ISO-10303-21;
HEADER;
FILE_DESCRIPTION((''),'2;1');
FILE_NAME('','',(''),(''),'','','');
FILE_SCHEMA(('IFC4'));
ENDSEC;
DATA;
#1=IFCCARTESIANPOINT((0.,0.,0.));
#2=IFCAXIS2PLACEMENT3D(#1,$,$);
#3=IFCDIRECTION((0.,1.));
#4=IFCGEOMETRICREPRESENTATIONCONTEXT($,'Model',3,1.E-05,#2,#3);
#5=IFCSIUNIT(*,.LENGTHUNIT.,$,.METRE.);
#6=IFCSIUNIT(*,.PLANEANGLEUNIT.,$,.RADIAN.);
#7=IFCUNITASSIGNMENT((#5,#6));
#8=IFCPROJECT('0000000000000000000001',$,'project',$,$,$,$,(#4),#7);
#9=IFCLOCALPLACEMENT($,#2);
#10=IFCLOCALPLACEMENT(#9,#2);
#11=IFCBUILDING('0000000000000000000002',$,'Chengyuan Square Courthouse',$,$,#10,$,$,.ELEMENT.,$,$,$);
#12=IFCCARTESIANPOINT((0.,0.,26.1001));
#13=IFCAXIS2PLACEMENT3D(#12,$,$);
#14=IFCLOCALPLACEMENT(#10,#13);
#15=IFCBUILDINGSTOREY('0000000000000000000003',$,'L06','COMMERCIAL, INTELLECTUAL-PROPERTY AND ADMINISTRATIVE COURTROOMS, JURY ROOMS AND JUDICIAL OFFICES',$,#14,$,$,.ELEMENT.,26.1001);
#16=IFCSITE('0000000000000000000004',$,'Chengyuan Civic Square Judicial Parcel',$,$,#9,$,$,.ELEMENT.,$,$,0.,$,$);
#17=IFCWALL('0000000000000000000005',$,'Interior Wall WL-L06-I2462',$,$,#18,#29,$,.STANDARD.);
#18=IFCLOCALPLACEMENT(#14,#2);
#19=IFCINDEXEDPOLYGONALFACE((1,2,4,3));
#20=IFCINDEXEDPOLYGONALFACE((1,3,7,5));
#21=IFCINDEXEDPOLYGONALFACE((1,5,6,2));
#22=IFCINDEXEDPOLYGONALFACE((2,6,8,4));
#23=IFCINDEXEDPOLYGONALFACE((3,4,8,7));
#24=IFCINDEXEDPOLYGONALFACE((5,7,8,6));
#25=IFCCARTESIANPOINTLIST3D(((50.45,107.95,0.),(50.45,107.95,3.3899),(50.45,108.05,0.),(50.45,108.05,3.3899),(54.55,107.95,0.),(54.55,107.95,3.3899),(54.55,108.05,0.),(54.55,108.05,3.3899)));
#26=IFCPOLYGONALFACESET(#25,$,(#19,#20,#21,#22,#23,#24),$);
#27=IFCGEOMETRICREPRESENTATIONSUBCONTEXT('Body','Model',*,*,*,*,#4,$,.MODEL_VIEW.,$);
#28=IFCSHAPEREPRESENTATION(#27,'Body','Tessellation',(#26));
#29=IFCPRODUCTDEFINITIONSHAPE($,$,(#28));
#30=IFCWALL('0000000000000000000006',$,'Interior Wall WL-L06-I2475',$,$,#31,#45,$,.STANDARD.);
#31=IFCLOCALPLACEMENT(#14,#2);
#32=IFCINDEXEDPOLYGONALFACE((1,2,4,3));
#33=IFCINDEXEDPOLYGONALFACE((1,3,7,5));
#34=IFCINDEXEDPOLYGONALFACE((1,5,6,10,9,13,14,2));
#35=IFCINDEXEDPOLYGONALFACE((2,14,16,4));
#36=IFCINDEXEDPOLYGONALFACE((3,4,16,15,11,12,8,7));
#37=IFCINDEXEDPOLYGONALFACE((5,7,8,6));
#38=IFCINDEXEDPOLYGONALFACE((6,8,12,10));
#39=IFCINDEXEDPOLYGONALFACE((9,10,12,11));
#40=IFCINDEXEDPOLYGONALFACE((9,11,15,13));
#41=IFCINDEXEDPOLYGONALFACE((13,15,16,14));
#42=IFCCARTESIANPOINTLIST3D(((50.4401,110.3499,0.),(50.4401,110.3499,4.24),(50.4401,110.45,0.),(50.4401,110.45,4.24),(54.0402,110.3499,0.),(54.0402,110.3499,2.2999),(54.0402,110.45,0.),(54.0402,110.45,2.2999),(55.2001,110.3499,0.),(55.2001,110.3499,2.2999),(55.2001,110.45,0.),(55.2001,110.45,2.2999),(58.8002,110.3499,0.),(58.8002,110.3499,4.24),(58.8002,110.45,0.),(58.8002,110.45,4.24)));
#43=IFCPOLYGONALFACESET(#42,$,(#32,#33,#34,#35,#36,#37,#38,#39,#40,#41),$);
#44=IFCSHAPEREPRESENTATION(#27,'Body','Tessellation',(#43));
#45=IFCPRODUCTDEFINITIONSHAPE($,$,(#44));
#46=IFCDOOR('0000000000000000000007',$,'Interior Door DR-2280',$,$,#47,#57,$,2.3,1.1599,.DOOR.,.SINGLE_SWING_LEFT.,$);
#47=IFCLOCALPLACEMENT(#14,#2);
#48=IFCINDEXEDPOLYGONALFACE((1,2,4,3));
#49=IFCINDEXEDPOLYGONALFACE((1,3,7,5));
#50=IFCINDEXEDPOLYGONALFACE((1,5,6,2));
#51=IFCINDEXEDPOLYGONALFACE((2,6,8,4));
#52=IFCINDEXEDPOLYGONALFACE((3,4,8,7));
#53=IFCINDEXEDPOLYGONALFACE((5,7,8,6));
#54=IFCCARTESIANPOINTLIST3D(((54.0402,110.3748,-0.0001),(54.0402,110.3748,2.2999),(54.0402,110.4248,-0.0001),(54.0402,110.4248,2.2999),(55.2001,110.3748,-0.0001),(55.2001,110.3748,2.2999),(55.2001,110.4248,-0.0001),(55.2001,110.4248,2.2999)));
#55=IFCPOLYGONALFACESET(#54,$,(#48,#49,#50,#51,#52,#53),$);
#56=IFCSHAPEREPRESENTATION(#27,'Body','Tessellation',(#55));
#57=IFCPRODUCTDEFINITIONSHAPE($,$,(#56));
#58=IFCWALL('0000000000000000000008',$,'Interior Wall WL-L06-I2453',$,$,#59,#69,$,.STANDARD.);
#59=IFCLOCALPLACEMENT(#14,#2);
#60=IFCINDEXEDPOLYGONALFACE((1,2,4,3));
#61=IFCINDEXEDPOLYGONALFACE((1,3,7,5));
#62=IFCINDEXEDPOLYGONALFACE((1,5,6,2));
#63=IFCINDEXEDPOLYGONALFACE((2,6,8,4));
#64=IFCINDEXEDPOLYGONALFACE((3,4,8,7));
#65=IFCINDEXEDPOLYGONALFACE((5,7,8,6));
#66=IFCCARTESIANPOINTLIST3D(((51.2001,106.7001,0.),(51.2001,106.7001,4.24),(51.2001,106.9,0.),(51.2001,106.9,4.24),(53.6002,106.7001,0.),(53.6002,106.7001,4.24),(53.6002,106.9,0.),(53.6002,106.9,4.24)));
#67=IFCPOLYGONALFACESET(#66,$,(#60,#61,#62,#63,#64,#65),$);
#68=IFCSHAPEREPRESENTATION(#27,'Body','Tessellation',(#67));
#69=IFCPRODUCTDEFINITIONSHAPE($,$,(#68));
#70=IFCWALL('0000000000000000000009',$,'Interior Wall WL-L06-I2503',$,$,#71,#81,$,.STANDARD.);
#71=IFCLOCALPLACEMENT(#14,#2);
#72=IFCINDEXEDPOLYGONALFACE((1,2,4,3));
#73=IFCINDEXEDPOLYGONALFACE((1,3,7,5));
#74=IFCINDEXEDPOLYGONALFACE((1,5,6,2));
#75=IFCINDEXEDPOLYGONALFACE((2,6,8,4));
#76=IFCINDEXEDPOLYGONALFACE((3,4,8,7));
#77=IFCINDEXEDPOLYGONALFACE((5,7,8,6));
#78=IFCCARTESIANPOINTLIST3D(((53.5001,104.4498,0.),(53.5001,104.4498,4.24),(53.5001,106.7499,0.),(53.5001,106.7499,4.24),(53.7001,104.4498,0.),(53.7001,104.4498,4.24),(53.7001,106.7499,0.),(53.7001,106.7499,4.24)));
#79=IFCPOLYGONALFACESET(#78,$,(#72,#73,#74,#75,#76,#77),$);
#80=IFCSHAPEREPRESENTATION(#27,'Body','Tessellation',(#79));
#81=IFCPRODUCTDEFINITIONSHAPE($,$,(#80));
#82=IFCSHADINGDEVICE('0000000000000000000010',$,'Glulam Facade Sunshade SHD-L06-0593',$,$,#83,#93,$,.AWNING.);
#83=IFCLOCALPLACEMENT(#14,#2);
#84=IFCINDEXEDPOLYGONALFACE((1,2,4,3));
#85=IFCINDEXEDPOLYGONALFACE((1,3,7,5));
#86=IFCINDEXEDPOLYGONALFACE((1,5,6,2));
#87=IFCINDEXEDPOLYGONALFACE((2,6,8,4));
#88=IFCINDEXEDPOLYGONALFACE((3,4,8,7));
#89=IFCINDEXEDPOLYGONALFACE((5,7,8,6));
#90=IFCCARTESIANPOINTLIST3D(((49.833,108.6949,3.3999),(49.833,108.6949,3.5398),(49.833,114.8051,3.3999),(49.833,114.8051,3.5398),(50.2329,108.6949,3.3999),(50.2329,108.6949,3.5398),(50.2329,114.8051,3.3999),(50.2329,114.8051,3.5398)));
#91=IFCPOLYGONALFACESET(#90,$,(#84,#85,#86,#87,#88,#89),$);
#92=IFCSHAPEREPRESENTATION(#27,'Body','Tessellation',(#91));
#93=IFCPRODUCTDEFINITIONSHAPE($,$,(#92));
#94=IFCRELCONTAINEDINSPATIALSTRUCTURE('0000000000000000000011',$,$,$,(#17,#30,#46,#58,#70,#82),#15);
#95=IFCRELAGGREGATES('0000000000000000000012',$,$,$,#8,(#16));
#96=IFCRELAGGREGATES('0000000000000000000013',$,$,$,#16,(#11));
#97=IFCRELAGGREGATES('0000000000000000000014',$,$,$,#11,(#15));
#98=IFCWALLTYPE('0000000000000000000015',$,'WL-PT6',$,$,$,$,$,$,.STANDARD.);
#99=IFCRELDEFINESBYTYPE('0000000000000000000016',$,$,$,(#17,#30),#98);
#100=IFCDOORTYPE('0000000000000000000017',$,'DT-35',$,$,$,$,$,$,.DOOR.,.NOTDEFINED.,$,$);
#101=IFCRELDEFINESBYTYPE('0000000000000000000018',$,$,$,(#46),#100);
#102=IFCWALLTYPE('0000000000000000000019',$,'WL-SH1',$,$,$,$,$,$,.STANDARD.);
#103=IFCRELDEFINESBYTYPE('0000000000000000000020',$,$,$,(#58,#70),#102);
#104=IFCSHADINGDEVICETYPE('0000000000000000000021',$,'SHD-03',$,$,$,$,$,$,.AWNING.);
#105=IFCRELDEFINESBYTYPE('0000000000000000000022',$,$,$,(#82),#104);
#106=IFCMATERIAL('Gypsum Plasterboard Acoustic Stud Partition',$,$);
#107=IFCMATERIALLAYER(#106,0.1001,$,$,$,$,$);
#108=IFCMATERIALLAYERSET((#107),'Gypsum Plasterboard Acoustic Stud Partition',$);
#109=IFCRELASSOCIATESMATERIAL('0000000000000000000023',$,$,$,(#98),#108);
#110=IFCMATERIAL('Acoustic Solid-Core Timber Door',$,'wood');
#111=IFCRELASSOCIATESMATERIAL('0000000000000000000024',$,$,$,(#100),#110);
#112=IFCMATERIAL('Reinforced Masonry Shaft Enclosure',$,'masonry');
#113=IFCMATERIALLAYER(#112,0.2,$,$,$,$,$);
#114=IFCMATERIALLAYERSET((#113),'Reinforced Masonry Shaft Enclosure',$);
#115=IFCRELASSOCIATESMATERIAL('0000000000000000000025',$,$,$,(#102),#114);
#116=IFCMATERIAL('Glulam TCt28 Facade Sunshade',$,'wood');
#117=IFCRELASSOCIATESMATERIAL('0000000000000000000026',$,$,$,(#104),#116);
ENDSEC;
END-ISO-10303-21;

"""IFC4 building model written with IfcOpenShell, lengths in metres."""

from ifc_helpers import new_model, si_unit, direction, frame, frame_2d, origin, origin_2d, place, context, subcontext, project, spatial, rectangle, extrude, material, layer, layer_set, type_object, element, fill, save


model = new_model("IFC4")

# Units and contexts
model_context = context("Model", 3, precision=1e-05, world=origin(), true_north=direction((0.0, 1.0)))
body_context = subcontext(model_context, "Body", "Model", "MODEL_VIEW")
ifc_project = project(units=[si_unit("LENGTHUNIT", "METRE"), si_unit("PLANEANGLEUNIT", "RADIAN")], contexts=[model_context])

# Site, building, storey
site_placement = place(None, origin())
site = spatial("IfcSite", under=ifc_project, at=site_placement, Name="Chengyuan Civic Square Judicial Parcel", CompositionType="ELEMENT", RefElevation=0.0)
building_placement = place(site_placement, origin())
building = spatial("IfcBuilding", under=site, at=building_placement, Name="Chengyuan Square Courthouse", CompositionType="ELEMENT")
storey_placement = place(building_placement, frame((0.0, 0.0, 26.1001)))
storey = spatial("IfcBuildingStorey", under=building, at=storey_placement, Name="L06", Description="COMMERCIAL, INTELLECTUAL-PROPERTY AND ADMINISTRATIVE COURTROOMS, JURY ROOMS AND JUDICIAL OFFICES", CompositionType="ELEMENT", Elevation=26.1001)

# Wall
ifc_material_1 = material(Name="Gypsum Plasterboard Acoustic Stud Partition")
ifc_layer_1 = layer(ifc_material_1, 0.1001)
ifc_layer_set_1 = layer_set([ifc_layer_1], Name="Gypsum Plasterboard Acoustic Stud Partition")
wall_type_1 = type_object("IfcWallType", Name="WL-PT6", PredefinedType="STANDARD", material=ifc_layer_set_1)
wall_1_placement = place(storey_placement, frame((50.45, 108.0, 0.0), z_axis=(0.0, 0.0, 1.0), x_axis=(1.0, 0.0, 0.0)))
element("IfcWall", 1, at=wall_1_placement, inside=storey, type_object=wall_type_1, Name="Interior Wall WL-L06-I2462", PredefinedType="STANDARD", context=body_context, shape_type="SweptSolid", body=[
    extrude(rectangle(XDim=4.1001, YDim=0.1001, at=frame_2d((2.05, 0.0))), origin(), (0.0, 0.0, 1.0), 3.3899),
])

# Wall, opening, door
wall_2_placement = place(storey_placement, frame((50.4399, 110.3999, 0.0), z_axis=(0.0, 0.0, 1.0), x_axis=(1.0, 0.0, 0.0)))
wall_2 = element("IfcWall", 2, at=wall_2_placement, inside=storey, type_object=wall_type_1, Name="Interior Wall WL-L06-I2475", PredefinedType="STANDARD", context=body_context, shape_type="SweptSolid", body=[
    extrude(rectangle(XDim=8.3601, YDim=0.1001, at=frame_2d((4.1802, 0.0))), origin(), (0.0, 0.0, 1.0), 4.24),
])
opening_1_placement = place(wall_2_placement, frame((3.6001, 0.0, 0.0)))
opening_1 = element("IfcOpeningElement", 3, at=opening_1_placement, cuts=wall_2, PredefinedType="OPENING", context=body_context, shape_type="SweptSolid", body=[
    extrude(rectangle(XDim=1.1599, YDim=2.3, at=frame_2d((0.5801, 1.1499))), frame((0.0, 0.062, 0.0), z_axis=(0.0, -1.0, 0.0), x_axis=(1.0, 0.0, 0.0)), (0.0, 0.0, 1.0), 0.124),
])
ifc_material_2 = material(Name="Acoustic Solid-Core Timber Door", Category="wood")
door_type_1 = type_object("IfcDoorType", Name="DT-35", OperationType="NOTDEFINED", PredefinedType="DOOR", material=ifc_material_2)
door_1_placement = place(opening_1_placement, origin())
door_1 = element("IfcDoor", 4, at=door_1_placement, inside=storey, type_object=door_type_1, Name="Interior Door DR-2280", OperationType="SINGLE_SWING_LEFT", OverallHeight=2.3, OverallWidth=1.1599, PredefinedType="DOOR", context=body_context, shape_type="SweptSolid", body=[
    extrude(rectangle(XDim=1.1599, YDim=2.3, at=frame_2d((0.5801, 1.1499))), frame((0.0, 0.0249, 0.0), z_axis=(0.0, -1.0, 0.0), x_axis=(1.0, 0.0, 0.0)), (0.0, 0.0, 1.0), 0.05),
])
fill(opening_1, door_1)

# Walls
ifc_material_3 = material(Name="Reinforced Masonry Shaft Enclosure", Category="masonry")
ifc_layer_2 = layer(ifc_material_3, 0.2)
ifc_layer_set_2 = layer_set([ifc_layer_2], Name="Reinforced Masonry Shaft Enclosure")
wall_type_2 = type_object("IfcWallType", Name="WL-SH1", PredefinedType="STANDARD", material=ifc_layer_set_2)
wall_3_placement = place(storey_placement, frame((51.2, 106.8, 0.0), z_axis=(0.0, 0.0, 1.0), x_axis=(1.0, 0.0, 0.0)))
element("IfcWall", 5, at=wall_3_placement, inside=storey, type_object=wall_type_2, Name="Interior Wall WL-L06-I2453", PredefinedType="STANDARD", context=body_context, shape_type="SweptSolid", body=[
    extrude(rectangle(XDim=2.4001, YDim=0.2, at=frame_2d((1.2002, 0.0))), origin(), (0.0, 0.0, 1.0), 4.24),
])
wall_4_placement = place(storey_placement, frame((53.6001, 104.45, 0.0), z_axis=(0.0, 0.0, 1.0), x_axis=(0.0, 1.0, 0.0)))
element("IfcWall", 6, at=wall_4_placement, inside=storey, type_object=wall_type_2, Name="Interior Wall WL-L06-I2503", PredefinedType="STANDARD", context=body_context, shape_type="SweptSolid", body=[
    extrude(rectangle(XDim=2.3, YDim=0.2, at=frame_2d((1.1499, 0.0))), origin(), (0.0, 0.0, 1.0), 4.24),
])

# Shading device
ifc_material_4 = material(Name="Glulam TCt28 Facade Sunshade", Category="wood")
shading_device_type = type_object("IfcShadingDeviceType", Name="SHD-03", PredefinedType="AWNING", material=ifc_material_4)
shading_device_placement = place(storey_placement, frame((50.033, 111.75, 3.3999), z_axis=(0.0, 0.0, 1.0), x_axis=(0.0, 1.0, 0.0)))
element("IfcShadingDevice", 7, at=shading_device_placement, inside=storey, type_object=shading_device_type, Name="Glulam Facade Sunshade SHD-L06-0593", PredefinedType="AWNING", context=body_context, shape_type="SweptSolid", body=[
    extrude(rectangle(XDim=6.1101, YDim=0.3999, at=origin_2d()), origin(), (0.0, 0.0, 1.0), 0.1399),
])

save(model, "model.ifc")
